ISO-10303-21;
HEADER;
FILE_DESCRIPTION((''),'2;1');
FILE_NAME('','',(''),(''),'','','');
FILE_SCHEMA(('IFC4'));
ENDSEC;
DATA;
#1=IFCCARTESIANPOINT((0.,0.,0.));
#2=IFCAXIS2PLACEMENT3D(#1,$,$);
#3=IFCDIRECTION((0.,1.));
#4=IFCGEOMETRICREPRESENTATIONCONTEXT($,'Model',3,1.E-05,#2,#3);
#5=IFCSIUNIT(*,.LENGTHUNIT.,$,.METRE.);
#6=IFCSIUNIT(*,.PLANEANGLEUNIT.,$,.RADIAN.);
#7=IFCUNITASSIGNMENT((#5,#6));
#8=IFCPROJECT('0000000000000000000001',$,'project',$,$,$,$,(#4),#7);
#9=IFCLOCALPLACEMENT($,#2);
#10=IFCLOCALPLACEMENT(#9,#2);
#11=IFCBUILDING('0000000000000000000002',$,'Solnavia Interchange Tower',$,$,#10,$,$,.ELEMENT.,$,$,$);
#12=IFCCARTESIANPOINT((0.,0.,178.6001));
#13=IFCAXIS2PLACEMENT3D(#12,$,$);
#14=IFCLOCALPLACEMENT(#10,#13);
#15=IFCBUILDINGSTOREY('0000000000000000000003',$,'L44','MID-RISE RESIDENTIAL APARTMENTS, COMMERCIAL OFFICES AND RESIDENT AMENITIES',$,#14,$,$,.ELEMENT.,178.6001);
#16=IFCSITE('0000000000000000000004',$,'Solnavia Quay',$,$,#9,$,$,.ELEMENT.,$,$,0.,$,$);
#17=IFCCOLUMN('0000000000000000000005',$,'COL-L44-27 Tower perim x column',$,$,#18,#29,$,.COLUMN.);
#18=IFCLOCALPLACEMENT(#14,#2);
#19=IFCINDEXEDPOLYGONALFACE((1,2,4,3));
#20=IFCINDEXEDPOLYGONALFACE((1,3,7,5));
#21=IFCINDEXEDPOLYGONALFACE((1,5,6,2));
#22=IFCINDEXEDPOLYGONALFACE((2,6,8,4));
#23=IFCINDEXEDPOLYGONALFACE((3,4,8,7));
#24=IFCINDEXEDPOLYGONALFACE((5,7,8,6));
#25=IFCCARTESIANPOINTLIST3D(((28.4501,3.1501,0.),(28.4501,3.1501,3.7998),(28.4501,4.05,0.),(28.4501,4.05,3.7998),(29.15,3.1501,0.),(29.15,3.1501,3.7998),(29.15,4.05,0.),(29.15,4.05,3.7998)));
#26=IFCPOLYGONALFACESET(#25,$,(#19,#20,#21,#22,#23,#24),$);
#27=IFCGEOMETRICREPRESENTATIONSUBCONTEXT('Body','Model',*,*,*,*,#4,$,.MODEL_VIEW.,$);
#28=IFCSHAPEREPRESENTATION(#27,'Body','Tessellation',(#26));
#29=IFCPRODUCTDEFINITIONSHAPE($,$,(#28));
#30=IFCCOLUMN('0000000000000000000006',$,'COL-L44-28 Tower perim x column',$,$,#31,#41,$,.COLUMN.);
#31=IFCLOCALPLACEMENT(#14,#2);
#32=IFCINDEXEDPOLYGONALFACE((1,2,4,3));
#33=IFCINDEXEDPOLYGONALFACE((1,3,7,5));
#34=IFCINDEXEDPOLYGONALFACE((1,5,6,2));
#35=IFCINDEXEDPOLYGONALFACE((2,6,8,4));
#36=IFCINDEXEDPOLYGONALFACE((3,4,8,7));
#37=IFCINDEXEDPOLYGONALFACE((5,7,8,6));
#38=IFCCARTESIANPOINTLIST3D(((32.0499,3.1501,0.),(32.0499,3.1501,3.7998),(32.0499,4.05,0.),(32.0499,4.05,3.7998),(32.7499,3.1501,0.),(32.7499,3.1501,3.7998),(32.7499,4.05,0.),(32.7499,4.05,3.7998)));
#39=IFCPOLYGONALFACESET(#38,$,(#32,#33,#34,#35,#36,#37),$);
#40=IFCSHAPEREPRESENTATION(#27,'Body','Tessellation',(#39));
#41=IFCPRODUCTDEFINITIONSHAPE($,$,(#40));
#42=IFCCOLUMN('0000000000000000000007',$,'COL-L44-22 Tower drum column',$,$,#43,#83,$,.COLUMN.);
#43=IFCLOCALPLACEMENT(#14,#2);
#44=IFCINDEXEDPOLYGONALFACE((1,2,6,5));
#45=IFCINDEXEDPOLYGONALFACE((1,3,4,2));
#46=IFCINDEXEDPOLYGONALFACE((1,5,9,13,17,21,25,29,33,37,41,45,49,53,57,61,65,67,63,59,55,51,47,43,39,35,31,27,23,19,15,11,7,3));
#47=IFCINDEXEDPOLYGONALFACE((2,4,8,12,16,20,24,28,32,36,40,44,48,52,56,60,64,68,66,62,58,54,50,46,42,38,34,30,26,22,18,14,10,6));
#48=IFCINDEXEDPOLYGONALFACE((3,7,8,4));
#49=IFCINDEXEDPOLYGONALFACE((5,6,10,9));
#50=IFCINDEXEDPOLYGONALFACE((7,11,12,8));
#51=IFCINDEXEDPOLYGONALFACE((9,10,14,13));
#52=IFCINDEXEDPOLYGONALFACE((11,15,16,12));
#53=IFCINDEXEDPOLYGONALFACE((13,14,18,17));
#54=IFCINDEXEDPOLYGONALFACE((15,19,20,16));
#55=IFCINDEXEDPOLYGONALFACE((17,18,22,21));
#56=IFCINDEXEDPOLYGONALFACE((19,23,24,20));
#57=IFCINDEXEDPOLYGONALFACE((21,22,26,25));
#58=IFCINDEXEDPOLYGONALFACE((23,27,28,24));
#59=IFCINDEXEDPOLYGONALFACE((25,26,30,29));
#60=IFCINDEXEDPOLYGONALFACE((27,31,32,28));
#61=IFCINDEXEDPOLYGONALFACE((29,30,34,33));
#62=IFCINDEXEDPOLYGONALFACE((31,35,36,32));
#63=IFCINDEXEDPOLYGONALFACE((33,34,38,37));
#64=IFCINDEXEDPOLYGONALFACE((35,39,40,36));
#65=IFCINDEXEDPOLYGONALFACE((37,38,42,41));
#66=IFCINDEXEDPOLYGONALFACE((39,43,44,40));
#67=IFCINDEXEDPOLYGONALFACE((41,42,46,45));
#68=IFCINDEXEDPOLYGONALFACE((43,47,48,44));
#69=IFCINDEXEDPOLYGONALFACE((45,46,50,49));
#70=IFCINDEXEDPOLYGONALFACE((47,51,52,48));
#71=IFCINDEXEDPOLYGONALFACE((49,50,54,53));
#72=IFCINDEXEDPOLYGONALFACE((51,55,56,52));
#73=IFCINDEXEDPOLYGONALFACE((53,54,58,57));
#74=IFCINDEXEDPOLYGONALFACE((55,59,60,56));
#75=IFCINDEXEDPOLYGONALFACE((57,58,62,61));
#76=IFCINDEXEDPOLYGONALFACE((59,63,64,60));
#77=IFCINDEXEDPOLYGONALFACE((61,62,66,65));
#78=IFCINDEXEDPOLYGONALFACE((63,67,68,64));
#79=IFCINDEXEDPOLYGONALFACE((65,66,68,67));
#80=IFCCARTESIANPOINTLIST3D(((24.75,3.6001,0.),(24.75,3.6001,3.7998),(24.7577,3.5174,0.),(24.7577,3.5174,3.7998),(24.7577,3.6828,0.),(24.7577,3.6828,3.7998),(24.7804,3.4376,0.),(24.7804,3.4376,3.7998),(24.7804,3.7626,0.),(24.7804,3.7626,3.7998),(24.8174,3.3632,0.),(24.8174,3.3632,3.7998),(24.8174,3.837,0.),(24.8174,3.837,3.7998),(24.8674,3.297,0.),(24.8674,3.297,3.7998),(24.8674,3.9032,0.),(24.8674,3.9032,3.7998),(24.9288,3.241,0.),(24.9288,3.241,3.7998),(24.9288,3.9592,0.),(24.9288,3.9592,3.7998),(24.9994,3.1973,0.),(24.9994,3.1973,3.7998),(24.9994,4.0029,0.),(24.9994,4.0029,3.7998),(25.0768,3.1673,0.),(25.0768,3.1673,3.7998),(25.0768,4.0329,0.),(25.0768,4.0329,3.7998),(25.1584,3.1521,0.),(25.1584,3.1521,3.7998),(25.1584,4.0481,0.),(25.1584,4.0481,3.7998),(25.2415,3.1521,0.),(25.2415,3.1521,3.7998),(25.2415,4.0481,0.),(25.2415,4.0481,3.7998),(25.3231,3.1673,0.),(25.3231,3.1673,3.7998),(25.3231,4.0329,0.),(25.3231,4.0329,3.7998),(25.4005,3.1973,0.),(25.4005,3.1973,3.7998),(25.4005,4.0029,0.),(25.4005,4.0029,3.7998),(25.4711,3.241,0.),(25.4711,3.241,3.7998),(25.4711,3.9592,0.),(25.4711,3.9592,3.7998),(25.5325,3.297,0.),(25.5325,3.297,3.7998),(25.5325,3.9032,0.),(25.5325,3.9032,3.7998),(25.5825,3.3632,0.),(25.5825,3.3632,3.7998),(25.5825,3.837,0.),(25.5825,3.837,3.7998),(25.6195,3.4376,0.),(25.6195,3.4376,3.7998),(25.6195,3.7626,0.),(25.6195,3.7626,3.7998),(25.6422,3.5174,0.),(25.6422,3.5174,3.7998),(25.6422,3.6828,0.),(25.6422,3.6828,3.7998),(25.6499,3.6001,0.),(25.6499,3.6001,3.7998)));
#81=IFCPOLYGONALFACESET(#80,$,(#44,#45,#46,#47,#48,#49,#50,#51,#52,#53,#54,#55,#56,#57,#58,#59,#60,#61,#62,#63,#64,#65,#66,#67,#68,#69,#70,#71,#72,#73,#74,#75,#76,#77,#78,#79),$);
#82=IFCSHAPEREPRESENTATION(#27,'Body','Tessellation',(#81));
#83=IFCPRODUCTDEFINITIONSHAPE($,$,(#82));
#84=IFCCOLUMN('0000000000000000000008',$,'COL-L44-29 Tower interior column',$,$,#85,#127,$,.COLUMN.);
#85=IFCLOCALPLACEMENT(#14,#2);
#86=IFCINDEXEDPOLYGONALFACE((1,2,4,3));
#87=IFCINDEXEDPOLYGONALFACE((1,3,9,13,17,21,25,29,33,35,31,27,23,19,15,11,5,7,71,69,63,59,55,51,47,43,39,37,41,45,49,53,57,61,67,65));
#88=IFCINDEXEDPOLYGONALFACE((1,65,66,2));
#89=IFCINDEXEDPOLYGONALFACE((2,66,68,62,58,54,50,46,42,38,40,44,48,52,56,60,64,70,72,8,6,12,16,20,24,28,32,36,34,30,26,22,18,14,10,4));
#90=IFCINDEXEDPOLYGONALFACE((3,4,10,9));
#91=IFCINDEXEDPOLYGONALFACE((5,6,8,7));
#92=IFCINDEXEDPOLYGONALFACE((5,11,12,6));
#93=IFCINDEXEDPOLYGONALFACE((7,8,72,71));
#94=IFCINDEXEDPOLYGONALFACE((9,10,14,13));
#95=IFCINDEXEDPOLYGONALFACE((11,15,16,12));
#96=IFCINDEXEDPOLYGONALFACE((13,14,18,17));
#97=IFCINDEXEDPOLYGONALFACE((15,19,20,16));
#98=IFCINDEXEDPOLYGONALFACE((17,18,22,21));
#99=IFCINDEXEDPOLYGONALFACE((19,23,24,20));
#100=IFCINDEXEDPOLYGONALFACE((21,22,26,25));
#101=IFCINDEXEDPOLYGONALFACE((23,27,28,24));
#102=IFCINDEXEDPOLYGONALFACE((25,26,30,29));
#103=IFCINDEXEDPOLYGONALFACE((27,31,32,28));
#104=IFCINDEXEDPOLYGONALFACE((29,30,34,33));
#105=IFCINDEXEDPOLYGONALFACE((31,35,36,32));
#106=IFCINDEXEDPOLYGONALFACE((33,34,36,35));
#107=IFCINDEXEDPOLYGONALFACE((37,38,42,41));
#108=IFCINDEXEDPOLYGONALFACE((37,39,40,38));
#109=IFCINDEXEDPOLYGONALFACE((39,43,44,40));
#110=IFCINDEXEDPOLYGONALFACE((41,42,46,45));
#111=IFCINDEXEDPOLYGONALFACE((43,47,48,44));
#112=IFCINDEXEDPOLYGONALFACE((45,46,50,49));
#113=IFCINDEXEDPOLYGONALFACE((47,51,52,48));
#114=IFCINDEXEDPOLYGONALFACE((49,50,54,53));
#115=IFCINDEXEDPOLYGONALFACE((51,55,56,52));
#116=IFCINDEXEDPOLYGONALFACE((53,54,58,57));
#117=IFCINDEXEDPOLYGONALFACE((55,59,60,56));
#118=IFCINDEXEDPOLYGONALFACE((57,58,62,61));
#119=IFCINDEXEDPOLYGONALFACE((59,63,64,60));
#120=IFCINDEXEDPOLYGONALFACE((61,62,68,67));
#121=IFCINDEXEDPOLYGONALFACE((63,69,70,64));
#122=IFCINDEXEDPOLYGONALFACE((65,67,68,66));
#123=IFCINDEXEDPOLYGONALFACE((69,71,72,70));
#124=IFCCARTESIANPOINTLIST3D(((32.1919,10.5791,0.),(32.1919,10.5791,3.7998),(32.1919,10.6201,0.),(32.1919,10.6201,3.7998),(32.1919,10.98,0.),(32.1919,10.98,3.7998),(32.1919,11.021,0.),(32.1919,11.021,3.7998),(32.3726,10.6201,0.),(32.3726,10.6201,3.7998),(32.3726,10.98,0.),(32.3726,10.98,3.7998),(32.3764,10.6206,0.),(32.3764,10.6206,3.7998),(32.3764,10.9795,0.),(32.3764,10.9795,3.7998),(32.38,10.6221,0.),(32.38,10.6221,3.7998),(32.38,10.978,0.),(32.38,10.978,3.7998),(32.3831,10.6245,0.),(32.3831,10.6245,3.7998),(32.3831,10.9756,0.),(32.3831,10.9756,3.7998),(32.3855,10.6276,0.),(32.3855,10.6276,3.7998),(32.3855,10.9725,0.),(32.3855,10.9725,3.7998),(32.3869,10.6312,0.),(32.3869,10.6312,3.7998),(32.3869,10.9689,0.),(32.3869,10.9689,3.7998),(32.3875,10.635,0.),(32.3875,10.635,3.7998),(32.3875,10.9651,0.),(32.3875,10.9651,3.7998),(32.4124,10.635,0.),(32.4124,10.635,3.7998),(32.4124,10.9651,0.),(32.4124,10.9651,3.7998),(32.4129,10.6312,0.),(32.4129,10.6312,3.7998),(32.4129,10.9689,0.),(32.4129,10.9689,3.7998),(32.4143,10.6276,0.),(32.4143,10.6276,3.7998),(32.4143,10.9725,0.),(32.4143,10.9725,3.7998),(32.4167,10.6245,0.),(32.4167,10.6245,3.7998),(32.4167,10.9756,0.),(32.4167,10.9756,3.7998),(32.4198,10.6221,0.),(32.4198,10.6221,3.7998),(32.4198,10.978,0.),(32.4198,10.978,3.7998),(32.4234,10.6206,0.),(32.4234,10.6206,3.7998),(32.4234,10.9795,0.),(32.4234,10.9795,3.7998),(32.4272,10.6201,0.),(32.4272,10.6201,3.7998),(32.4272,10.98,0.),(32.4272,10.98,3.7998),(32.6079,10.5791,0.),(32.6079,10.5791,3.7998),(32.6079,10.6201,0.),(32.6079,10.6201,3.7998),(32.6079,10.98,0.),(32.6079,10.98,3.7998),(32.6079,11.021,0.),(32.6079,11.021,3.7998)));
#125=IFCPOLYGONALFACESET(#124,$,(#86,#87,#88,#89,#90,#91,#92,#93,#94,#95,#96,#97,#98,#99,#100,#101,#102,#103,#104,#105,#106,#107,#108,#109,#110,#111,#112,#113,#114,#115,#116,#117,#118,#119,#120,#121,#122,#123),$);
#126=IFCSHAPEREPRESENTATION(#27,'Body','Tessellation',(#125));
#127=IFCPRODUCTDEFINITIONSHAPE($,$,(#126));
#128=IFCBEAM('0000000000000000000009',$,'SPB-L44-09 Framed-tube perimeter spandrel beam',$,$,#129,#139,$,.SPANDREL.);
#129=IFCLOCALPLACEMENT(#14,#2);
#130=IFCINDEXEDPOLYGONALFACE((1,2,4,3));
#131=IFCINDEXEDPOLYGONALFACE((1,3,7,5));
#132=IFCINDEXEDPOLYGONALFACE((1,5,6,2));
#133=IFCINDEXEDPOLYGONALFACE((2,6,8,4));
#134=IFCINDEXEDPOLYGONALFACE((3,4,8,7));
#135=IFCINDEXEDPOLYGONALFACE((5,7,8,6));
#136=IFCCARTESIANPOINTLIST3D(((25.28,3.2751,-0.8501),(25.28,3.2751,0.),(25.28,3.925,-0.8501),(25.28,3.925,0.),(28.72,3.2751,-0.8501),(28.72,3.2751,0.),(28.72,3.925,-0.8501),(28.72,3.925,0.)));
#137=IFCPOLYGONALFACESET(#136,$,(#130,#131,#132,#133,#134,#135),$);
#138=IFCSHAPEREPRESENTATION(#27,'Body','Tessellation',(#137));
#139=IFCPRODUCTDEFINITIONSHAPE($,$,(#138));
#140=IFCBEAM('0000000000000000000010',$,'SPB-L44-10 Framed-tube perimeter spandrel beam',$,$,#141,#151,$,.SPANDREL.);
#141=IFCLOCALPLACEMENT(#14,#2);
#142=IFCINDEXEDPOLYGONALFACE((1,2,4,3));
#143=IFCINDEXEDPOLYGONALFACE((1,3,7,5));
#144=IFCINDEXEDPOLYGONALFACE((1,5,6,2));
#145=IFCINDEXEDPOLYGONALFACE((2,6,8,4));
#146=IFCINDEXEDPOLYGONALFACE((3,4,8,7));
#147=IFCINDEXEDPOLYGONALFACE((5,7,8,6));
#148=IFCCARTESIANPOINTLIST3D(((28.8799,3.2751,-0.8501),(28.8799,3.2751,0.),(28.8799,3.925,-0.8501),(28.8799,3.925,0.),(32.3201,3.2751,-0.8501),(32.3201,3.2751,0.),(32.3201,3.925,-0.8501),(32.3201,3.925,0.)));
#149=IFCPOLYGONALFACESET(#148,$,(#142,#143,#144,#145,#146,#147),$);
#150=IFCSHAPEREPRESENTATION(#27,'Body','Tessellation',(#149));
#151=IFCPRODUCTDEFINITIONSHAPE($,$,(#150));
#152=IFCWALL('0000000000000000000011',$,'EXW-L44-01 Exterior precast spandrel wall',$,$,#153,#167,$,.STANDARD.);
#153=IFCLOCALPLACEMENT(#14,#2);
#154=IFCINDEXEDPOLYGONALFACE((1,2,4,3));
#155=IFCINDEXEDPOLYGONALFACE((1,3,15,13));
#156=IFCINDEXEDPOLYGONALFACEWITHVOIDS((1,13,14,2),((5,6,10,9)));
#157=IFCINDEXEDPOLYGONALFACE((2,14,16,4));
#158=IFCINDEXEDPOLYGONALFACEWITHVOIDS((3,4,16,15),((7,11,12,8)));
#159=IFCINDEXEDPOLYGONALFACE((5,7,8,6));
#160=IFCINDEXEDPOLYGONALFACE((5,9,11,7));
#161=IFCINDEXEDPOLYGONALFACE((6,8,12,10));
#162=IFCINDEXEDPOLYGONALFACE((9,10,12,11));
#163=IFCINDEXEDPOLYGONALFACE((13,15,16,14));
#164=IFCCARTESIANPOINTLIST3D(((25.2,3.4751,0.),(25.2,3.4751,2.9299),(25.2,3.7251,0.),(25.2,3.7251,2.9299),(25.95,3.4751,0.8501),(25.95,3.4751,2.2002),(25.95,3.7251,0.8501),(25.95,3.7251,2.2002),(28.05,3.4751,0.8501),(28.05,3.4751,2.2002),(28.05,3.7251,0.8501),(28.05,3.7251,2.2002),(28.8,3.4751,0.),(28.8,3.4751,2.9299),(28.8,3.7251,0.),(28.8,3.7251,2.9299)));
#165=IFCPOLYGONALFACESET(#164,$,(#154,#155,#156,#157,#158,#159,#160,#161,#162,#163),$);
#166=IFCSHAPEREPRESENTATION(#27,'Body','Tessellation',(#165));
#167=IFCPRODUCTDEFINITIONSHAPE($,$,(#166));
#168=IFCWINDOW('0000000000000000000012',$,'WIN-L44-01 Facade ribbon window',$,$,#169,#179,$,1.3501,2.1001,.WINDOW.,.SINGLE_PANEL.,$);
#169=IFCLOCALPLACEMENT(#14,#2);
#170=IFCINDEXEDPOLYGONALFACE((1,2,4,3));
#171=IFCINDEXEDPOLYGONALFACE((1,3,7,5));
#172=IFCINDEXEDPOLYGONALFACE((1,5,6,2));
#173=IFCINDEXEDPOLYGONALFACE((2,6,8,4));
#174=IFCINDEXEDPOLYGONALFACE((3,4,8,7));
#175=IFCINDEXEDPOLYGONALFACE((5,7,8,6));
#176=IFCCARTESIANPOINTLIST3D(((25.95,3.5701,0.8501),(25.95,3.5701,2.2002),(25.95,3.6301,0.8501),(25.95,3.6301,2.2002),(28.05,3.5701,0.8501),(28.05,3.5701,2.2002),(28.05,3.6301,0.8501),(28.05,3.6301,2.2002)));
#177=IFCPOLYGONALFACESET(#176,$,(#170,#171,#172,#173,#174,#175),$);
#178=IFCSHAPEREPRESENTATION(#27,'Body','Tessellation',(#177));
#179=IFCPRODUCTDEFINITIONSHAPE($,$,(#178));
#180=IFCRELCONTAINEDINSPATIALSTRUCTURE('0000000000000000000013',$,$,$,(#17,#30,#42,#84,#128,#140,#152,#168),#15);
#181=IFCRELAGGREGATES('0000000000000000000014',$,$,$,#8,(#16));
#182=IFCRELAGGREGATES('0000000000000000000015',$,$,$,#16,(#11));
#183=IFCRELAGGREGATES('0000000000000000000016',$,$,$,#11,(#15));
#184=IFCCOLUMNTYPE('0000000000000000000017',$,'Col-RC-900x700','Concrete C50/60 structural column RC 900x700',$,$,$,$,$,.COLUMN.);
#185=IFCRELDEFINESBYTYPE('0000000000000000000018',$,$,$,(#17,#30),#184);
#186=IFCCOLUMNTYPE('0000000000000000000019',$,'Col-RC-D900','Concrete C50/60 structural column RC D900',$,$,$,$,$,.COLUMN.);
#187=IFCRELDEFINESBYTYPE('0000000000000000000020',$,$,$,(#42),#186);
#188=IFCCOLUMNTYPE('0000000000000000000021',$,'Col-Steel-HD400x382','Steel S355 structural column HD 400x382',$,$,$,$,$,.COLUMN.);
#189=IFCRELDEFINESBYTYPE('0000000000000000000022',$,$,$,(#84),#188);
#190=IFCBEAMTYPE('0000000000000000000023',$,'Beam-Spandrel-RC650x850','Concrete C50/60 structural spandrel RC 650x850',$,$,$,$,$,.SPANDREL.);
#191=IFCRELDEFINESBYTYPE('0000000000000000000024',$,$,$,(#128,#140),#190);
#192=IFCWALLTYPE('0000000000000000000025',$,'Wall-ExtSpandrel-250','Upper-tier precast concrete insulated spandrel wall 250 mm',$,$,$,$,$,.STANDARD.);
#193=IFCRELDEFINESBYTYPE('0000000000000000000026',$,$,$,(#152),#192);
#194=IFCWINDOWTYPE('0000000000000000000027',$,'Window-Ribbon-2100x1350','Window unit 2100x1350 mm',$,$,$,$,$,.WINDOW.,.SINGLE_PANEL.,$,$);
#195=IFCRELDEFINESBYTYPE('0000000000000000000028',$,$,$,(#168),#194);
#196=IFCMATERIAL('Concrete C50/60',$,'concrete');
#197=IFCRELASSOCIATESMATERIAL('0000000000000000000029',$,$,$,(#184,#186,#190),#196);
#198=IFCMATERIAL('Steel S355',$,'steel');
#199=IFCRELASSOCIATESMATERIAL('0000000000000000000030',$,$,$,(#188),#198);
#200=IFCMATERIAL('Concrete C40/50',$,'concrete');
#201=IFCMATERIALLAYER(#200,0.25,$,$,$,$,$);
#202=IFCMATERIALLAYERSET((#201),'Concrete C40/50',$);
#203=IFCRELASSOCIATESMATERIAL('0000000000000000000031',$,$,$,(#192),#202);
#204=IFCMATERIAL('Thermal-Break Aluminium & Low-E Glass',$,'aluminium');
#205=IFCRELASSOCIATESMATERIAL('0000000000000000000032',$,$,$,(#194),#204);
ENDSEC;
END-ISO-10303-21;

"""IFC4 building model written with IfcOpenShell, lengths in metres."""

from ifc_helpers import new_model, si_unit, direction, frame, frame_2d, origin, origin_2d, place, context, subcontext, project, spatial, rectangle, circle, i_section, extrude, material, layer, layer_set, material_profile, profile_set, type_object, element, fill, save


model = new_model("IFC4")

# Units and contexts
model_context = context("Model", 3, precision=1e-05, world=origin(), true_north=direction((0.0, 1.0)))
body_context = subcontext(model_context, "Body", "Model", "MODEL_VIEW")
ifc_project = project(units=[si_unit("LENGTHUNIT", "METRE"), si_unit("PLANEANGLEUNIT", "RADIAN")], contexts=[model_context])

# Site, building, storey
site_placement = place(None, origin())
site = spatial("IfcSite", under=ifc_project, at=site_placement, Name="Solnavia Quay", CompositionType="ELEMENT", RefElevation=0.0)
building_placement = place(site_placement, origin())
building = spatial("IfcBuilding", under=site, at=building_placement, Name="Solnavia Interchange Tower", CompositionType="ELEMENT")
storey_placement = place(building_placement, frame((0.0, 0.0, 178.6001)))
storey = spatial("IfcBuildingStorey", under=building, at=storey_placement, Name="L44", Description="MID-RISE RESIDENTIAL APARTMENTS, COMMERCIAL OFFICES AND RESIDENT AMENITIES", CompositionType="ELEMENT", Elevation=178.6001)

# Columns
ifc_material_1 = material(Name="Concrete C50/60", Category="concrete")
ifc_material_profile_1 = material_profile(ifc_material_1, rectangle(XDim=0.7, YDim=0.8999, at=origin_2d()), Name="RC 900x700")
ifc_profile_set_1 = profile_set([ifc_material_profile_1], Name="Concrete C50/60")
column_type_1 = type_object("IfcColumnType", Name="Col-RC-900x700", Description="Concrete C50/60 structural column RC 900x700", PredefinedType="COLUMN", material=ifc_profile_set_1)
for number, where, z_axis, x_axis, name in (
    (1, (28.8, 3.6001, 0.0), (0.0, 0.0, 1.0), (1.0, 0.0, 0.0), "COL-L44-27 Tower perim x column"),
    (2, (32.3999, 3.6001, 0.0), (0.0, 0.0, 1.0), (1.0, 0.0, 0.0), "COL-L44-28 Tower perim x column"),
):
    element("IfcColumn", number, at=place(storey_placement, frame(where, z_axis=z_axis, x_axis=x_axis)), inside=storey, type_object=column_type_1, Name=name, PredefinedType="COLUMN", context=body_context, shape_type="SweptSolid", body=[
        extrude(rectangle(XDim=0.7, YDim=0.8999, at=origin_2d()), origin(), (0.0, 0.0, 1.0), 3.7998),
    ])
ifc_material_profile_2 = material_profile(ifc_material_1, circle(Radius=0.45, at=origin_2d()), Name="RC D900")
ifc_profile_set_2 = profile_set([ifc_material_profile_2], Name="Concrete C50/60")
column_type_2 = type_object("IfcColumnType", Name="Col-RC-D900", Description="Concrete C50/60 structural column RC D900", PredefinedType="COLUMN", material=ifc_profile_set_2)
column_1_placement = place(storey_placement, frame((25.2, 3.6001, 0.0), z_axis=(0.0, 0.0, 1.0), x_axis=(1.0, 0.0, 0.0)))
element("IfcColumn", 3, at=column_1_placement, inside=storey, type_object=column_type_2, Name="COL-L44-22 Tower drum column", PredefinedType="COLUMN", context=body_context, shape_type="SweptSolid", body=[
    extrude(circle(Radius=0.45, at=origin_2d()), origin(), (0.0, 0.0, 1.0), 3.7998),
])
ifc_material_2 = material(Name="Steel S355", Category="steel")
ifc_material_profile_3 = material_profile(ifc_material_2, i_section(OverallWidth=0.416, OverallDepth=0.4419, WebThickness=0.0249, FlangeThickness=0.041, FilletRadius=0.0149, at=origin_2d()), Name="HD 400x382")
ifc_profile_set_3 = profile_set([ifc_material_profile_3], Name="Steel S355")
column_type_3 = type_object("IfcColumnType", Name="Col-Steel-HD400x382", Description="Steel S355 structural column HD 400x382", PredefinedType="COLUMN", material=ifc_profile_set_3)
column_2_placement = place(storey_placement, frame((32.3999, 10.8, 0.0), z_axis=(0.0, 0.0, 1.0), x_axis=(1.0, 0.0, 0.0)))
element("IfcColumn", 4, at=column_2_placement, inside=storey, type_object=column_type_3, Name="COL-L44-29 Tower interior column", PredefinedType="COLUMN", context=body_context, shape_type="SweptSolid", body=[
    extrude(i_section(OverallWidth=0.416, OverallDepth=0.4419, WebThickness=0.0249, FlangeThickness=0.041, FilletRadius=0.0149, at=origin_2d()), origin(), (0.0, 0.0, 1.0), 3.7998),
])

# Beams
ifc_material_profile_4 = material_profile(ifc_material_1, rectangle(XDim=0.6499, YDim=0.8501, at=origin_2d()), Name="RC 650x850")
ifc_profile_set_4 = profile_set([ifc_material_profile_4], Name="Concrete C50/60")
beam_type = type_object("IfcBeamType", Name="Beam-Spandrel-RC650x850", Description="Concrete C50/60 structural spandrel RC 650x850", PredefinedType="SPANDREL", material=ifc_profile_set_4)
beam_1_placement = place(storey_placement, frame((25.28, 3.6001, -0.425), z_axis=(1.0, 0.0, 0.0), x_axis=(0.0, 1.0, 0.0)))
element("IfcBeam", 5, at=beam_1_placement, inside=storey, type_object=beam_type, Name="SPB-L44-09 Framed-tube perimeter spandrel beam", PredefinedType="SPANDREL", context=body_context, shape_type="SweptSolid", body=[
    extrude(rectangle(XDim=0.6499, YDim=0.8501, at=origin_2d()), origin(), (0.0, 0.0, 1.0), 3.4399),
])
beam_2_placement = place(storey_placement, frame((28.8799, 3.6001, -0.425), z_axis=(1.0, 0.0, 0.0), x_axis=(0.0, 1.0, 0.0)))
element("IfcBeam", 6, at=beam_2_placement, inside=storey, type_object=beam_type, Name="SPB-L44-10 Framed-tube perimeter spandrel beam", PredefinedType="SPANDREL", context=body_context, shape_type="SweptSolid", body=[
    extrude(rectangle(XDim=0.6499, YDim=0.8501, at=origin_2d()), origin(), (0.0, 0.0, 1.0), 3.4402),
])

# Wall, opening, window
ifc_material_3 = material(Name="Concrete C40/50", Category="concrete")
ifc_layer_1 = layer(ifc_material_3, 0.25)
ifc_layer_set_1 = layer_set([ifc_layer_1], Name="Concrete C40/50")
wall_type_1 = type_object("IfcWallType", Name="Wall-ExtSpandrel-250", Description="Upper-tier precast concrete insulated spandrel wall 250 mm", PredefinedType="STANDARD", material=ifc_layer_set_1)
wall_1_placement = place(storey_placement, frame((28.8, 3.6001, 0.0), z_axis=(0.0, 0.0, 1.0), x_axis=(-1.0, 0.0, 0.0)))
wall_1 = element("IfcWall", 7, at=wall_1_placement, inside=storey, type_object=wall_type_1, Name="EXW-L44-01 Exterior precast spandrel wall", PredefinedType="STANDARD", context=body_context, shape_type="SweptSolid", body=[
    extrude(rectangle(XDim=3.6001, YDim=0.25, at=frame_2d((1.8, 0.0))), origin(), (0.0, 0.0, 1.0), 2.9299),
])
opening_1_placement = place(wall_1_placement, frame((0.75, 0.0, 0.8501)))
opening_1 = element("IfcOpeningElement", 8, at=opening_1_placement, cuts=wall_1, PredefinedType="OPENING", context=body_context, shape_type="SweptSolid", body=[
    extrude(rectangle(XDim=2.1001, YDim=1.3501, at=frame_2d((1.05, 0.675))), frame((0.0, 0.135, 0.0), z_axis=(0.0, -1.0, 0.0), x_axis=(1.0, 0.0, 0.0)), (0.0, 0.0, 1.0), 0.27),
])
ifc_material_4 = material(Name="Thermal-Break Aluminium & Low-E Glass", Category="aluminium")
window_type_1 = type_object("IfcWindowType", Name="Window-Ribbon-2100x1350", Description="Window unit 2100x1350 mm", PartitioningType="SINGLE_PANEL", PredefinedType="WINDOW", material=ifc_material_4)
window_1_placement = place(opening_1_placement, origin())
window_1 = element("IfcWindow", 9, at=window_1_placement, inside=storey, type_object=window_type_1, Name="WIN-L44-01 Facade ribbon window", OverallHeight=1.3501, OverallWidth=2.1001, PartitioningType="SINGLE_PANEL", PredefinedType="WINDOW", context=body_context, shape_type="SweptSolid", body=[
    extrude(rectangle(XDim=2.1001, YDim=1.3501, at=frame_2d((1.05, 0.675))), frame((0.0, 0.03, 0.0), z_axis=(0.0, -1.0, 0.0), x_axis=(1.0, 0.0, 0.0)), (0.0, 0.0, 1.0), 0.0601),
])
fill(opening_1, window_1)

save(model, "model.ifc")
